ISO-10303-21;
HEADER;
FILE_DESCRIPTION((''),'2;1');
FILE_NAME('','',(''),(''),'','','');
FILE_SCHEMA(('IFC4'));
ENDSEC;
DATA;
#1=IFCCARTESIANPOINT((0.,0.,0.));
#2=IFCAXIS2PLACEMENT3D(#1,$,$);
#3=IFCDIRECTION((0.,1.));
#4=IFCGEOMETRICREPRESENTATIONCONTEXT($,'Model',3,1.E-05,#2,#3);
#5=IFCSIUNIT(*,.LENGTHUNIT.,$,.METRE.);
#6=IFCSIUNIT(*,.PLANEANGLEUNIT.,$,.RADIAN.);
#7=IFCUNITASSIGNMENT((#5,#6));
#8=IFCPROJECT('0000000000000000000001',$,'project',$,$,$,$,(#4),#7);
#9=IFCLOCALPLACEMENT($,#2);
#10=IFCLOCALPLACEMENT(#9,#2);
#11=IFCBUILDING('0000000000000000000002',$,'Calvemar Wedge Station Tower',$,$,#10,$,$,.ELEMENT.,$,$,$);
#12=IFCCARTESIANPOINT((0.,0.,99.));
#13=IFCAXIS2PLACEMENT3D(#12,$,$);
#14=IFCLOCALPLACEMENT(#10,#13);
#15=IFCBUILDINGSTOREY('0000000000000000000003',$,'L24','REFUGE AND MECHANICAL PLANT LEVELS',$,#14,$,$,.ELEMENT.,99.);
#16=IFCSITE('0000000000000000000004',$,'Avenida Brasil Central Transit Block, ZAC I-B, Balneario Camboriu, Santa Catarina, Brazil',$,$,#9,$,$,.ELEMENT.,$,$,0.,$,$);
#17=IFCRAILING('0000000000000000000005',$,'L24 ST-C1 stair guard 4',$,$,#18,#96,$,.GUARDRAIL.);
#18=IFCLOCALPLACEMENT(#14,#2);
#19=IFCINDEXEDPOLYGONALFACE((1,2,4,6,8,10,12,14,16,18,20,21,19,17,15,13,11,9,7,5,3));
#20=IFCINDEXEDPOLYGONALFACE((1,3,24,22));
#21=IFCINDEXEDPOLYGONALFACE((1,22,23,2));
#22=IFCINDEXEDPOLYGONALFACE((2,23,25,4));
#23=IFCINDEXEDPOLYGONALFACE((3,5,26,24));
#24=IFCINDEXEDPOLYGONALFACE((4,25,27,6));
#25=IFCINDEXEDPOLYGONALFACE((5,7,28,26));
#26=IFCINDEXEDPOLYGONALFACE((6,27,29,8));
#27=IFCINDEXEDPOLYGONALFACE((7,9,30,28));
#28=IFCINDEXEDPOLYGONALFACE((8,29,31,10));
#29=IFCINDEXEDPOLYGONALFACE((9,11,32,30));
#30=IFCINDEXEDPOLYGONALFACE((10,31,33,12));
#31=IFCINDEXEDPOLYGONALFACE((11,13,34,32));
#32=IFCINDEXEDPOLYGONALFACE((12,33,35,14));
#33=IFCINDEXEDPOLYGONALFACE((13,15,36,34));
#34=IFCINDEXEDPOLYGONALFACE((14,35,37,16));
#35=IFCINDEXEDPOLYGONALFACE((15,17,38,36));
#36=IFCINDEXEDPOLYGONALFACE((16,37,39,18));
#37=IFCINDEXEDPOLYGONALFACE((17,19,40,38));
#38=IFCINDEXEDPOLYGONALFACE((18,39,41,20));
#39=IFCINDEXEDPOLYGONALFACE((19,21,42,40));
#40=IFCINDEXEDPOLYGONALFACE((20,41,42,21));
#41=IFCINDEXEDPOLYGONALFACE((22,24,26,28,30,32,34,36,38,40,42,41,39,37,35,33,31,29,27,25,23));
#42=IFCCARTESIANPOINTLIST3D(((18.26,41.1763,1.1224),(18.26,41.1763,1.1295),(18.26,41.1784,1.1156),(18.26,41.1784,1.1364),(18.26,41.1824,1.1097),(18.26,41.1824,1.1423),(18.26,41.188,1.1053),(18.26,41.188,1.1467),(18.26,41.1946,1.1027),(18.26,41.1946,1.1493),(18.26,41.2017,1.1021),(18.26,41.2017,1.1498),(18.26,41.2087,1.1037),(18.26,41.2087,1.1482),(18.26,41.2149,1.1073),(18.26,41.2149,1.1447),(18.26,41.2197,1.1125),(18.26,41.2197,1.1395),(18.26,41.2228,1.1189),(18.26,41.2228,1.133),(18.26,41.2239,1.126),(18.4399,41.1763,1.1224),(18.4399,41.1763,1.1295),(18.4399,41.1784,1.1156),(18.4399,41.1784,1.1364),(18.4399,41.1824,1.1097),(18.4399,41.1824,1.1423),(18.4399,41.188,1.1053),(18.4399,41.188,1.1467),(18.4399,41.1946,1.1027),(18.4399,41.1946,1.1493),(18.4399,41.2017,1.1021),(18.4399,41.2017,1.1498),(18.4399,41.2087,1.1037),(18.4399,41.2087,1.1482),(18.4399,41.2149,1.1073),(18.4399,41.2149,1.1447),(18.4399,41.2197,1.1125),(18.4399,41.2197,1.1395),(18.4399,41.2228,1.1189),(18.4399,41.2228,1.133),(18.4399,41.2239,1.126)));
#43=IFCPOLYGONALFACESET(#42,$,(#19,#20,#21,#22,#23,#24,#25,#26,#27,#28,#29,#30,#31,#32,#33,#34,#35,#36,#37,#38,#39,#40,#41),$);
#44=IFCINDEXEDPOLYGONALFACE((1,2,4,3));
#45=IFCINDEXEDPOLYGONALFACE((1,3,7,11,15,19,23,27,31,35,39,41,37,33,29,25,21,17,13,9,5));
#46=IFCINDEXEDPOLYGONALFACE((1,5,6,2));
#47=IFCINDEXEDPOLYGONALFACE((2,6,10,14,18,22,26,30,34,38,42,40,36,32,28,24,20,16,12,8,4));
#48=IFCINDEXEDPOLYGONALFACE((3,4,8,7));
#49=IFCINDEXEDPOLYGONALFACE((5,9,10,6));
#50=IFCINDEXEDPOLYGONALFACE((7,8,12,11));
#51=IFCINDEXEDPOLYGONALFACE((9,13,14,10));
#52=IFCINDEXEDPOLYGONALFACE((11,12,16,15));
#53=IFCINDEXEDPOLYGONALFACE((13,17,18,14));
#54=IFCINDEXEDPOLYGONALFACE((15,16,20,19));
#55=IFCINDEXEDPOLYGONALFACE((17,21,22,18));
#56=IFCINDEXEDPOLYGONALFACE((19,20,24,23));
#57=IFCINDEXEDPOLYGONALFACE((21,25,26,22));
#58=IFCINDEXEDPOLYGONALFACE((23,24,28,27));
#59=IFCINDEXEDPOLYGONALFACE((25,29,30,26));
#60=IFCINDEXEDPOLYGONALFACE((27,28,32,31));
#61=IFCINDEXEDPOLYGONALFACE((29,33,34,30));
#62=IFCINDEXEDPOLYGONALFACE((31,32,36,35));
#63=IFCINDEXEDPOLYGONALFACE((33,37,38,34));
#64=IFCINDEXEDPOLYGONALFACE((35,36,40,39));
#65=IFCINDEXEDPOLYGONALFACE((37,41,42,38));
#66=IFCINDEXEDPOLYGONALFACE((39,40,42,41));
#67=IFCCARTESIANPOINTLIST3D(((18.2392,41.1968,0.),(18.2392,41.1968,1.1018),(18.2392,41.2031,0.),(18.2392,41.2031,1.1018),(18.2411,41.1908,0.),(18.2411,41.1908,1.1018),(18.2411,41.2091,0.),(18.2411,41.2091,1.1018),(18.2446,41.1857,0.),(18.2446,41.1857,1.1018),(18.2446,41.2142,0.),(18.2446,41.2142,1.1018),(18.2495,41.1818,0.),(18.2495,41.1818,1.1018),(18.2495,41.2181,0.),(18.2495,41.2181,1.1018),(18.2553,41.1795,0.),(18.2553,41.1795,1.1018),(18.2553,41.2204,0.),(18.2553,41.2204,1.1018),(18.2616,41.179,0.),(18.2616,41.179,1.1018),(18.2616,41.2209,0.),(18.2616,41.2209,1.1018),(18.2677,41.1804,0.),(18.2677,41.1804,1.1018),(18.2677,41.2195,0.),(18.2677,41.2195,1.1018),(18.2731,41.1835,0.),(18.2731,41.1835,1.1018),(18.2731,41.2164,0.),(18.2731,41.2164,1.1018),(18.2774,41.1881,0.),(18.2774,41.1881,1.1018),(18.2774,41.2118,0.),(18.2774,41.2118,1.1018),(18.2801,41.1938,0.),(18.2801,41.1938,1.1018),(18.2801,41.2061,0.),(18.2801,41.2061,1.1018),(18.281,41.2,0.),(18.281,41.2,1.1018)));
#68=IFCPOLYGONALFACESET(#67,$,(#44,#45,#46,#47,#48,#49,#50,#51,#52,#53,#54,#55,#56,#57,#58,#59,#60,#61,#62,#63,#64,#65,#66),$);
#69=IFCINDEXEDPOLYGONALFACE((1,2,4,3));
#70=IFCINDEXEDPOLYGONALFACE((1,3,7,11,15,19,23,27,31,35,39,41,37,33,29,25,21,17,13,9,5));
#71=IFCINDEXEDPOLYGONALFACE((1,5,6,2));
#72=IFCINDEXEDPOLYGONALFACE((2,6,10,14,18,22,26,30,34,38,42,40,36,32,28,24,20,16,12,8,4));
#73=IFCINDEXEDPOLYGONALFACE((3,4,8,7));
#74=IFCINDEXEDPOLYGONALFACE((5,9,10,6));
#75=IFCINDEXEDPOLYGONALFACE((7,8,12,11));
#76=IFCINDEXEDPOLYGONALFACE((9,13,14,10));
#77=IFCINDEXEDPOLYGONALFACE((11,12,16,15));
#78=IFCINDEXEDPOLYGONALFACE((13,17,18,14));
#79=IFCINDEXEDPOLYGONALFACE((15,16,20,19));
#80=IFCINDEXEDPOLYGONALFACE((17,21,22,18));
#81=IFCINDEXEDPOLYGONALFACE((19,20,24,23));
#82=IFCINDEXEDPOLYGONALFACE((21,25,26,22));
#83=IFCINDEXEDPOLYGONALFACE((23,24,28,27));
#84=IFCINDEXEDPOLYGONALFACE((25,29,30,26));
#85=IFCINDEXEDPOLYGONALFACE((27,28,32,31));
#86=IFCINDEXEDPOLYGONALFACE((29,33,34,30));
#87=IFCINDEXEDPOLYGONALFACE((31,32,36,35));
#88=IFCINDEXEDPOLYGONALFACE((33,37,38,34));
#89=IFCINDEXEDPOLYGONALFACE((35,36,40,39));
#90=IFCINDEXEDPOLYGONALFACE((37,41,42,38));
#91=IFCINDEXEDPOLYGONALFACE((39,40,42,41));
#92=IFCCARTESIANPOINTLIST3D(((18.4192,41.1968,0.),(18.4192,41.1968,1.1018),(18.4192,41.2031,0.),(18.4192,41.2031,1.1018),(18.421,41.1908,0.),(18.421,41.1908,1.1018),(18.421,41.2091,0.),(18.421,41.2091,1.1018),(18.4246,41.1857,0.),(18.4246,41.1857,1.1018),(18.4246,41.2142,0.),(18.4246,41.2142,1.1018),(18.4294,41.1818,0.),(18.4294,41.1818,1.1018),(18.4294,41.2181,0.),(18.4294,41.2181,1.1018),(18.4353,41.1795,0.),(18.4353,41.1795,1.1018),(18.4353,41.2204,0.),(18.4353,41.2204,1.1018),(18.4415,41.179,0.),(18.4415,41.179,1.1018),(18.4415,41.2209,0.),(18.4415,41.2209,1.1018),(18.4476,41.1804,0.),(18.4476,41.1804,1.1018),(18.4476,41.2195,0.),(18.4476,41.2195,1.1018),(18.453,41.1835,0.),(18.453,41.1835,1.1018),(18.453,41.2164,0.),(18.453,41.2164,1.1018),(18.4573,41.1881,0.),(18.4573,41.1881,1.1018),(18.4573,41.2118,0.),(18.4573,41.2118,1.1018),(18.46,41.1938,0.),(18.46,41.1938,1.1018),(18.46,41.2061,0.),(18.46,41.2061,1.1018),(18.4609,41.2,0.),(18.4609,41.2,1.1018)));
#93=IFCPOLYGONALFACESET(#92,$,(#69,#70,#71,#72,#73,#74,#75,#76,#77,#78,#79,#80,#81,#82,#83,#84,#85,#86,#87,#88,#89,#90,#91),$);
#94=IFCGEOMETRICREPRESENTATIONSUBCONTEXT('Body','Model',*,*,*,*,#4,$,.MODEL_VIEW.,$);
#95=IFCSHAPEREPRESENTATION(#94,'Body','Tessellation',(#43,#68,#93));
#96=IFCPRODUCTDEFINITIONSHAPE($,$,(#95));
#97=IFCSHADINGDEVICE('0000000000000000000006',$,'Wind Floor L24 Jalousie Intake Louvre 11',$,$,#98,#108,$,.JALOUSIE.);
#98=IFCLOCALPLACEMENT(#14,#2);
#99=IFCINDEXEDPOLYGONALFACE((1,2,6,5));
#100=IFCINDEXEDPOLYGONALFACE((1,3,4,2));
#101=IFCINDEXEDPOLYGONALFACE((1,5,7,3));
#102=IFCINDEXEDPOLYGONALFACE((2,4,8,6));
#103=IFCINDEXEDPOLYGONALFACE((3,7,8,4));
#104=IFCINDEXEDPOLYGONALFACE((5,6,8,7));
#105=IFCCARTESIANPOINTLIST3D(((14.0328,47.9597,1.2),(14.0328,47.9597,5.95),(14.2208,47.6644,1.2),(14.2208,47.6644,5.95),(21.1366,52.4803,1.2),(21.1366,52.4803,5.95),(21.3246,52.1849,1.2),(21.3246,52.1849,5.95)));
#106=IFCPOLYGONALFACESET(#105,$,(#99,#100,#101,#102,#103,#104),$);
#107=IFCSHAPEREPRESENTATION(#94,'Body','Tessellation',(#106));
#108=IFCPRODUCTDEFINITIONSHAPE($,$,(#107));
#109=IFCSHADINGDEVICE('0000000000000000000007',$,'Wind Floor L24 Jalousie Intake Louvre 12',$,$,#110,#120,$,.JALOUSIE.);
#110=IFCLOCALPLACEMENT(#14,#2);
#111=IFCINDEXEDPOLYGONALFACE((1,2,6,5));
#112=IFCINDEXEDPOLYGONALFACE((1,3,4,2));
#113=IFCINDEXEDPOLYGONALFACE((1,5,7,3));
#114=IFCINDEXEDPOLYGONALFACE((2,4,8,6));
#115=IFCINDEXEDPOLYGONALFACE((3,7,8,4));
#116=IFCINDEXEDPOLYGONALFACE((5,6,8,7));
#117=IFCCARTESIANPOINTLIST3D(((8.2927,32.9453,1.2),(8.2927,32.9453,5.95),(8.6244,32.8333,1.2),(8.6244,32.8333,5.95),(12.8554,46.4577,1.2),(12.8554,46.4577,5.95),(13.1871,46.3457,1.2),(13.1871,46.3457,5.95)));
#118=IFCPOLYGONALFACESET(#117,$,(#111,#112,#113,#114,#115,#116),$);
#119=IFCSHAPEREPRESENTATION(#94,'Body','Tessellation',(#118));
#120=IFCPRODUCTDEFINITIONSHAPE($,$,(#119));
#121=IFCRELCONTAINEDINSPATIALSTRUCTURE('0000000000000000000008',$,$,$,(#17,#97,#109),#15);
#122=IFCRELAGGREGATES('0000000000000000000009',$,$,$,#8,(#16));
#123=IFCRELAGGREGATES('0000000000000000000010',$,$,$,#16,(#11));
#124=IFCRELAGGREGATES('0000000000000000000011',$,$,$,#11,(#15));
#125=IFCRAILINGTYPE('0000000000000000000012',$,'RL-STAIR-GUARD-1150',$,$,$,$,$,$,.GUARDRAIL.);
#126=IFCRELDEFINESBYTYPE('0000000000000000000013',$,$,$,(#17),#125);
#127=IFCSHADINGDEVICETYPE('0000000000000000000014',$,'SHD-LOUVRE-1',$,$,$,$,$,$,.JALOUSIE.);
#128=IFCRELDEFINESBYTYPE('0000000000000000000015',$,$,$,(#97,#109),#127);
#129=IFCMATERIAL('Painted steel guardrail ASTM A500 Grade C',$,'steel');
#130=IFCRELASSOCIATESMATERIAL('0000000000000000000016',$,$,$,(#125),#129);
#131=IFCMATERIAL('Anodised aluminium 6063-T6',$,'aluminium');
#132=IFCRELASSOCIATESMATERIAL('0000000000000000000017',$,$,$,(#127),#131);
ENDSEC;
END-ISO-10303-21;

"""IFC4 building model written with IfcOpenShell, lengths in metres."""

from ifc_helpers import new_model, si_unit, direction, frame, frame_2d, origin, origin_2d, place, context, subcontext, project, spatial, rectangle, circle, extrude, material, type_object, element, save


model = new_model("IFC4")

# Units and contexts
model_context = context("Model", 3, precision=1e-05, world=origin(), true_north=direction((0.0, 1.0)))
body_context = subcontext(model_context, "Body", "Model", "MODEL_VIEW")
ifc_project = project(units=[si_unit("LENGTHUNIT", "METRE"), si_unit("PLANEANGLEUNIT", "RADIAN")], contexts=[model_context])

# Site, building, storey
site_placement = place(None, origin())
site = spatial("IfcSite", under=ifc_project, at=site_placement, Name="Avenida Brasil Central Transit Block, ZAC I-B, Balneario Camboriu, Santa Catarina, Brazil", CompositionType="ELEMENT", RefElevation=0.0)
building_placement = place(site_placement, origin())
building = spatial("IfcBuilding", under=site, at=building_placement, Name="Calvemar Wedge Station Tower", CompositionType="ELEMENT")
storey_placement = place(building_placement, frame((0.0, 0.0, 99.0)))
storey = spatial("IfcBuildingStorey", under=building, at=storey_placement, Name="L24", Description="REFUGE AND MECHANICAL PLANT LEVELS", CompositionType="ELEMENT", Elevation=99.0)

# Railing
ifc_material_1 = material(Name="Painted steel guardrail ASTM A500 Grade C", Category="steel")
railing_type_1 = type_object("IfcRailingType", Name="RL-STAIR-GUARD-1150", PredefinedType="GUARDRAIL", material=ifc_material_1)
railing_1_placement = place(storey_placement, frame((18.26, 41.2, 0.0)))
element("IfcRailing", 1, at=railing_1_placement, inside=storey, type_object=railing_type_1, Name="L24 ST-C1 stair guard 4", PredefinedType="GUARDRAIL", context=body_context, shape_type="SweptSolid", body=[
    extrude(circle(Radius=0.0239, at=origin_2d()), frame((0.0, 0.0, 1.126), z_axis=(1.0, 0.0, 0.0), x_axis=(0.0, 1.0, 0.0)), (0.0, 0.0, 1.0), 0.1799),
    extrude(circle(Radius=0.021, at=origin_2d()), origin(), (0.0, 0.0, 1.0), 1.1018),
    extrude(circle(Radius=0.021, at=origin_2d()), frame((0.1799, 0.0, 0.0)), (0.0, 0.0, 1.0), 1.1018),
])

# Shading devices
ifc_material_2 = material(Name="Anodised aluminium 6063-T6", Category="aluminium")
shading_device_type = type_object("IfcShadingDeviceType", Name="SHD-LOUVRE-1", PredefinedType="JALOUSIE", material=ifc_material_2)
shading_device_1_placement = place(storey_placement, frame((21.2305, 52.3325, 1.2), z_axis=(0.0, 0.0, 1.0), x_axis=(-0.843665, -0.53687, 0.0)))
element("IfcShadingDevice", 2, at=shading_device_1_placement, inside=storey, type_object=shading_device_type, Name="Wind Floor L24 Jalousie Intake Louvre 11", PredefinedType="JALOUSIE", context=body_context, shape_type="SweptSolid", body=[
    extrude(rectangle(XDim=8.4202, YDim=0.3501, at=frame_2d((4.21, 0.0))), origin(), (0.0, 0.0, 1.0), 4.75),
])
shading_device_2_placement = place(storey_placement, frame((13.0212, 46.4016, 1.2), z_axis=(0.0, 0.0, 1.0), x_axis=(-0.319923, -0.947444, 0.0)))
element("IfcShadingDevice", 3, at=shading_device_2_placement, inside=storey, type_object=shading_device_type, Name="Wind Floor L24 Jalousie Intake Louvre 12", PredefinedType="JALOUSIE", context=body_context, shape_type="SweptSolid", body=[
    extrude(rectangle(XDim=14.262, YDim=0.3501, at=frame_2d((7.1309, 0.0))), origin(), (0.0, 0.0, 1.0), 4.75),
])

save(model, "model.ifc")
